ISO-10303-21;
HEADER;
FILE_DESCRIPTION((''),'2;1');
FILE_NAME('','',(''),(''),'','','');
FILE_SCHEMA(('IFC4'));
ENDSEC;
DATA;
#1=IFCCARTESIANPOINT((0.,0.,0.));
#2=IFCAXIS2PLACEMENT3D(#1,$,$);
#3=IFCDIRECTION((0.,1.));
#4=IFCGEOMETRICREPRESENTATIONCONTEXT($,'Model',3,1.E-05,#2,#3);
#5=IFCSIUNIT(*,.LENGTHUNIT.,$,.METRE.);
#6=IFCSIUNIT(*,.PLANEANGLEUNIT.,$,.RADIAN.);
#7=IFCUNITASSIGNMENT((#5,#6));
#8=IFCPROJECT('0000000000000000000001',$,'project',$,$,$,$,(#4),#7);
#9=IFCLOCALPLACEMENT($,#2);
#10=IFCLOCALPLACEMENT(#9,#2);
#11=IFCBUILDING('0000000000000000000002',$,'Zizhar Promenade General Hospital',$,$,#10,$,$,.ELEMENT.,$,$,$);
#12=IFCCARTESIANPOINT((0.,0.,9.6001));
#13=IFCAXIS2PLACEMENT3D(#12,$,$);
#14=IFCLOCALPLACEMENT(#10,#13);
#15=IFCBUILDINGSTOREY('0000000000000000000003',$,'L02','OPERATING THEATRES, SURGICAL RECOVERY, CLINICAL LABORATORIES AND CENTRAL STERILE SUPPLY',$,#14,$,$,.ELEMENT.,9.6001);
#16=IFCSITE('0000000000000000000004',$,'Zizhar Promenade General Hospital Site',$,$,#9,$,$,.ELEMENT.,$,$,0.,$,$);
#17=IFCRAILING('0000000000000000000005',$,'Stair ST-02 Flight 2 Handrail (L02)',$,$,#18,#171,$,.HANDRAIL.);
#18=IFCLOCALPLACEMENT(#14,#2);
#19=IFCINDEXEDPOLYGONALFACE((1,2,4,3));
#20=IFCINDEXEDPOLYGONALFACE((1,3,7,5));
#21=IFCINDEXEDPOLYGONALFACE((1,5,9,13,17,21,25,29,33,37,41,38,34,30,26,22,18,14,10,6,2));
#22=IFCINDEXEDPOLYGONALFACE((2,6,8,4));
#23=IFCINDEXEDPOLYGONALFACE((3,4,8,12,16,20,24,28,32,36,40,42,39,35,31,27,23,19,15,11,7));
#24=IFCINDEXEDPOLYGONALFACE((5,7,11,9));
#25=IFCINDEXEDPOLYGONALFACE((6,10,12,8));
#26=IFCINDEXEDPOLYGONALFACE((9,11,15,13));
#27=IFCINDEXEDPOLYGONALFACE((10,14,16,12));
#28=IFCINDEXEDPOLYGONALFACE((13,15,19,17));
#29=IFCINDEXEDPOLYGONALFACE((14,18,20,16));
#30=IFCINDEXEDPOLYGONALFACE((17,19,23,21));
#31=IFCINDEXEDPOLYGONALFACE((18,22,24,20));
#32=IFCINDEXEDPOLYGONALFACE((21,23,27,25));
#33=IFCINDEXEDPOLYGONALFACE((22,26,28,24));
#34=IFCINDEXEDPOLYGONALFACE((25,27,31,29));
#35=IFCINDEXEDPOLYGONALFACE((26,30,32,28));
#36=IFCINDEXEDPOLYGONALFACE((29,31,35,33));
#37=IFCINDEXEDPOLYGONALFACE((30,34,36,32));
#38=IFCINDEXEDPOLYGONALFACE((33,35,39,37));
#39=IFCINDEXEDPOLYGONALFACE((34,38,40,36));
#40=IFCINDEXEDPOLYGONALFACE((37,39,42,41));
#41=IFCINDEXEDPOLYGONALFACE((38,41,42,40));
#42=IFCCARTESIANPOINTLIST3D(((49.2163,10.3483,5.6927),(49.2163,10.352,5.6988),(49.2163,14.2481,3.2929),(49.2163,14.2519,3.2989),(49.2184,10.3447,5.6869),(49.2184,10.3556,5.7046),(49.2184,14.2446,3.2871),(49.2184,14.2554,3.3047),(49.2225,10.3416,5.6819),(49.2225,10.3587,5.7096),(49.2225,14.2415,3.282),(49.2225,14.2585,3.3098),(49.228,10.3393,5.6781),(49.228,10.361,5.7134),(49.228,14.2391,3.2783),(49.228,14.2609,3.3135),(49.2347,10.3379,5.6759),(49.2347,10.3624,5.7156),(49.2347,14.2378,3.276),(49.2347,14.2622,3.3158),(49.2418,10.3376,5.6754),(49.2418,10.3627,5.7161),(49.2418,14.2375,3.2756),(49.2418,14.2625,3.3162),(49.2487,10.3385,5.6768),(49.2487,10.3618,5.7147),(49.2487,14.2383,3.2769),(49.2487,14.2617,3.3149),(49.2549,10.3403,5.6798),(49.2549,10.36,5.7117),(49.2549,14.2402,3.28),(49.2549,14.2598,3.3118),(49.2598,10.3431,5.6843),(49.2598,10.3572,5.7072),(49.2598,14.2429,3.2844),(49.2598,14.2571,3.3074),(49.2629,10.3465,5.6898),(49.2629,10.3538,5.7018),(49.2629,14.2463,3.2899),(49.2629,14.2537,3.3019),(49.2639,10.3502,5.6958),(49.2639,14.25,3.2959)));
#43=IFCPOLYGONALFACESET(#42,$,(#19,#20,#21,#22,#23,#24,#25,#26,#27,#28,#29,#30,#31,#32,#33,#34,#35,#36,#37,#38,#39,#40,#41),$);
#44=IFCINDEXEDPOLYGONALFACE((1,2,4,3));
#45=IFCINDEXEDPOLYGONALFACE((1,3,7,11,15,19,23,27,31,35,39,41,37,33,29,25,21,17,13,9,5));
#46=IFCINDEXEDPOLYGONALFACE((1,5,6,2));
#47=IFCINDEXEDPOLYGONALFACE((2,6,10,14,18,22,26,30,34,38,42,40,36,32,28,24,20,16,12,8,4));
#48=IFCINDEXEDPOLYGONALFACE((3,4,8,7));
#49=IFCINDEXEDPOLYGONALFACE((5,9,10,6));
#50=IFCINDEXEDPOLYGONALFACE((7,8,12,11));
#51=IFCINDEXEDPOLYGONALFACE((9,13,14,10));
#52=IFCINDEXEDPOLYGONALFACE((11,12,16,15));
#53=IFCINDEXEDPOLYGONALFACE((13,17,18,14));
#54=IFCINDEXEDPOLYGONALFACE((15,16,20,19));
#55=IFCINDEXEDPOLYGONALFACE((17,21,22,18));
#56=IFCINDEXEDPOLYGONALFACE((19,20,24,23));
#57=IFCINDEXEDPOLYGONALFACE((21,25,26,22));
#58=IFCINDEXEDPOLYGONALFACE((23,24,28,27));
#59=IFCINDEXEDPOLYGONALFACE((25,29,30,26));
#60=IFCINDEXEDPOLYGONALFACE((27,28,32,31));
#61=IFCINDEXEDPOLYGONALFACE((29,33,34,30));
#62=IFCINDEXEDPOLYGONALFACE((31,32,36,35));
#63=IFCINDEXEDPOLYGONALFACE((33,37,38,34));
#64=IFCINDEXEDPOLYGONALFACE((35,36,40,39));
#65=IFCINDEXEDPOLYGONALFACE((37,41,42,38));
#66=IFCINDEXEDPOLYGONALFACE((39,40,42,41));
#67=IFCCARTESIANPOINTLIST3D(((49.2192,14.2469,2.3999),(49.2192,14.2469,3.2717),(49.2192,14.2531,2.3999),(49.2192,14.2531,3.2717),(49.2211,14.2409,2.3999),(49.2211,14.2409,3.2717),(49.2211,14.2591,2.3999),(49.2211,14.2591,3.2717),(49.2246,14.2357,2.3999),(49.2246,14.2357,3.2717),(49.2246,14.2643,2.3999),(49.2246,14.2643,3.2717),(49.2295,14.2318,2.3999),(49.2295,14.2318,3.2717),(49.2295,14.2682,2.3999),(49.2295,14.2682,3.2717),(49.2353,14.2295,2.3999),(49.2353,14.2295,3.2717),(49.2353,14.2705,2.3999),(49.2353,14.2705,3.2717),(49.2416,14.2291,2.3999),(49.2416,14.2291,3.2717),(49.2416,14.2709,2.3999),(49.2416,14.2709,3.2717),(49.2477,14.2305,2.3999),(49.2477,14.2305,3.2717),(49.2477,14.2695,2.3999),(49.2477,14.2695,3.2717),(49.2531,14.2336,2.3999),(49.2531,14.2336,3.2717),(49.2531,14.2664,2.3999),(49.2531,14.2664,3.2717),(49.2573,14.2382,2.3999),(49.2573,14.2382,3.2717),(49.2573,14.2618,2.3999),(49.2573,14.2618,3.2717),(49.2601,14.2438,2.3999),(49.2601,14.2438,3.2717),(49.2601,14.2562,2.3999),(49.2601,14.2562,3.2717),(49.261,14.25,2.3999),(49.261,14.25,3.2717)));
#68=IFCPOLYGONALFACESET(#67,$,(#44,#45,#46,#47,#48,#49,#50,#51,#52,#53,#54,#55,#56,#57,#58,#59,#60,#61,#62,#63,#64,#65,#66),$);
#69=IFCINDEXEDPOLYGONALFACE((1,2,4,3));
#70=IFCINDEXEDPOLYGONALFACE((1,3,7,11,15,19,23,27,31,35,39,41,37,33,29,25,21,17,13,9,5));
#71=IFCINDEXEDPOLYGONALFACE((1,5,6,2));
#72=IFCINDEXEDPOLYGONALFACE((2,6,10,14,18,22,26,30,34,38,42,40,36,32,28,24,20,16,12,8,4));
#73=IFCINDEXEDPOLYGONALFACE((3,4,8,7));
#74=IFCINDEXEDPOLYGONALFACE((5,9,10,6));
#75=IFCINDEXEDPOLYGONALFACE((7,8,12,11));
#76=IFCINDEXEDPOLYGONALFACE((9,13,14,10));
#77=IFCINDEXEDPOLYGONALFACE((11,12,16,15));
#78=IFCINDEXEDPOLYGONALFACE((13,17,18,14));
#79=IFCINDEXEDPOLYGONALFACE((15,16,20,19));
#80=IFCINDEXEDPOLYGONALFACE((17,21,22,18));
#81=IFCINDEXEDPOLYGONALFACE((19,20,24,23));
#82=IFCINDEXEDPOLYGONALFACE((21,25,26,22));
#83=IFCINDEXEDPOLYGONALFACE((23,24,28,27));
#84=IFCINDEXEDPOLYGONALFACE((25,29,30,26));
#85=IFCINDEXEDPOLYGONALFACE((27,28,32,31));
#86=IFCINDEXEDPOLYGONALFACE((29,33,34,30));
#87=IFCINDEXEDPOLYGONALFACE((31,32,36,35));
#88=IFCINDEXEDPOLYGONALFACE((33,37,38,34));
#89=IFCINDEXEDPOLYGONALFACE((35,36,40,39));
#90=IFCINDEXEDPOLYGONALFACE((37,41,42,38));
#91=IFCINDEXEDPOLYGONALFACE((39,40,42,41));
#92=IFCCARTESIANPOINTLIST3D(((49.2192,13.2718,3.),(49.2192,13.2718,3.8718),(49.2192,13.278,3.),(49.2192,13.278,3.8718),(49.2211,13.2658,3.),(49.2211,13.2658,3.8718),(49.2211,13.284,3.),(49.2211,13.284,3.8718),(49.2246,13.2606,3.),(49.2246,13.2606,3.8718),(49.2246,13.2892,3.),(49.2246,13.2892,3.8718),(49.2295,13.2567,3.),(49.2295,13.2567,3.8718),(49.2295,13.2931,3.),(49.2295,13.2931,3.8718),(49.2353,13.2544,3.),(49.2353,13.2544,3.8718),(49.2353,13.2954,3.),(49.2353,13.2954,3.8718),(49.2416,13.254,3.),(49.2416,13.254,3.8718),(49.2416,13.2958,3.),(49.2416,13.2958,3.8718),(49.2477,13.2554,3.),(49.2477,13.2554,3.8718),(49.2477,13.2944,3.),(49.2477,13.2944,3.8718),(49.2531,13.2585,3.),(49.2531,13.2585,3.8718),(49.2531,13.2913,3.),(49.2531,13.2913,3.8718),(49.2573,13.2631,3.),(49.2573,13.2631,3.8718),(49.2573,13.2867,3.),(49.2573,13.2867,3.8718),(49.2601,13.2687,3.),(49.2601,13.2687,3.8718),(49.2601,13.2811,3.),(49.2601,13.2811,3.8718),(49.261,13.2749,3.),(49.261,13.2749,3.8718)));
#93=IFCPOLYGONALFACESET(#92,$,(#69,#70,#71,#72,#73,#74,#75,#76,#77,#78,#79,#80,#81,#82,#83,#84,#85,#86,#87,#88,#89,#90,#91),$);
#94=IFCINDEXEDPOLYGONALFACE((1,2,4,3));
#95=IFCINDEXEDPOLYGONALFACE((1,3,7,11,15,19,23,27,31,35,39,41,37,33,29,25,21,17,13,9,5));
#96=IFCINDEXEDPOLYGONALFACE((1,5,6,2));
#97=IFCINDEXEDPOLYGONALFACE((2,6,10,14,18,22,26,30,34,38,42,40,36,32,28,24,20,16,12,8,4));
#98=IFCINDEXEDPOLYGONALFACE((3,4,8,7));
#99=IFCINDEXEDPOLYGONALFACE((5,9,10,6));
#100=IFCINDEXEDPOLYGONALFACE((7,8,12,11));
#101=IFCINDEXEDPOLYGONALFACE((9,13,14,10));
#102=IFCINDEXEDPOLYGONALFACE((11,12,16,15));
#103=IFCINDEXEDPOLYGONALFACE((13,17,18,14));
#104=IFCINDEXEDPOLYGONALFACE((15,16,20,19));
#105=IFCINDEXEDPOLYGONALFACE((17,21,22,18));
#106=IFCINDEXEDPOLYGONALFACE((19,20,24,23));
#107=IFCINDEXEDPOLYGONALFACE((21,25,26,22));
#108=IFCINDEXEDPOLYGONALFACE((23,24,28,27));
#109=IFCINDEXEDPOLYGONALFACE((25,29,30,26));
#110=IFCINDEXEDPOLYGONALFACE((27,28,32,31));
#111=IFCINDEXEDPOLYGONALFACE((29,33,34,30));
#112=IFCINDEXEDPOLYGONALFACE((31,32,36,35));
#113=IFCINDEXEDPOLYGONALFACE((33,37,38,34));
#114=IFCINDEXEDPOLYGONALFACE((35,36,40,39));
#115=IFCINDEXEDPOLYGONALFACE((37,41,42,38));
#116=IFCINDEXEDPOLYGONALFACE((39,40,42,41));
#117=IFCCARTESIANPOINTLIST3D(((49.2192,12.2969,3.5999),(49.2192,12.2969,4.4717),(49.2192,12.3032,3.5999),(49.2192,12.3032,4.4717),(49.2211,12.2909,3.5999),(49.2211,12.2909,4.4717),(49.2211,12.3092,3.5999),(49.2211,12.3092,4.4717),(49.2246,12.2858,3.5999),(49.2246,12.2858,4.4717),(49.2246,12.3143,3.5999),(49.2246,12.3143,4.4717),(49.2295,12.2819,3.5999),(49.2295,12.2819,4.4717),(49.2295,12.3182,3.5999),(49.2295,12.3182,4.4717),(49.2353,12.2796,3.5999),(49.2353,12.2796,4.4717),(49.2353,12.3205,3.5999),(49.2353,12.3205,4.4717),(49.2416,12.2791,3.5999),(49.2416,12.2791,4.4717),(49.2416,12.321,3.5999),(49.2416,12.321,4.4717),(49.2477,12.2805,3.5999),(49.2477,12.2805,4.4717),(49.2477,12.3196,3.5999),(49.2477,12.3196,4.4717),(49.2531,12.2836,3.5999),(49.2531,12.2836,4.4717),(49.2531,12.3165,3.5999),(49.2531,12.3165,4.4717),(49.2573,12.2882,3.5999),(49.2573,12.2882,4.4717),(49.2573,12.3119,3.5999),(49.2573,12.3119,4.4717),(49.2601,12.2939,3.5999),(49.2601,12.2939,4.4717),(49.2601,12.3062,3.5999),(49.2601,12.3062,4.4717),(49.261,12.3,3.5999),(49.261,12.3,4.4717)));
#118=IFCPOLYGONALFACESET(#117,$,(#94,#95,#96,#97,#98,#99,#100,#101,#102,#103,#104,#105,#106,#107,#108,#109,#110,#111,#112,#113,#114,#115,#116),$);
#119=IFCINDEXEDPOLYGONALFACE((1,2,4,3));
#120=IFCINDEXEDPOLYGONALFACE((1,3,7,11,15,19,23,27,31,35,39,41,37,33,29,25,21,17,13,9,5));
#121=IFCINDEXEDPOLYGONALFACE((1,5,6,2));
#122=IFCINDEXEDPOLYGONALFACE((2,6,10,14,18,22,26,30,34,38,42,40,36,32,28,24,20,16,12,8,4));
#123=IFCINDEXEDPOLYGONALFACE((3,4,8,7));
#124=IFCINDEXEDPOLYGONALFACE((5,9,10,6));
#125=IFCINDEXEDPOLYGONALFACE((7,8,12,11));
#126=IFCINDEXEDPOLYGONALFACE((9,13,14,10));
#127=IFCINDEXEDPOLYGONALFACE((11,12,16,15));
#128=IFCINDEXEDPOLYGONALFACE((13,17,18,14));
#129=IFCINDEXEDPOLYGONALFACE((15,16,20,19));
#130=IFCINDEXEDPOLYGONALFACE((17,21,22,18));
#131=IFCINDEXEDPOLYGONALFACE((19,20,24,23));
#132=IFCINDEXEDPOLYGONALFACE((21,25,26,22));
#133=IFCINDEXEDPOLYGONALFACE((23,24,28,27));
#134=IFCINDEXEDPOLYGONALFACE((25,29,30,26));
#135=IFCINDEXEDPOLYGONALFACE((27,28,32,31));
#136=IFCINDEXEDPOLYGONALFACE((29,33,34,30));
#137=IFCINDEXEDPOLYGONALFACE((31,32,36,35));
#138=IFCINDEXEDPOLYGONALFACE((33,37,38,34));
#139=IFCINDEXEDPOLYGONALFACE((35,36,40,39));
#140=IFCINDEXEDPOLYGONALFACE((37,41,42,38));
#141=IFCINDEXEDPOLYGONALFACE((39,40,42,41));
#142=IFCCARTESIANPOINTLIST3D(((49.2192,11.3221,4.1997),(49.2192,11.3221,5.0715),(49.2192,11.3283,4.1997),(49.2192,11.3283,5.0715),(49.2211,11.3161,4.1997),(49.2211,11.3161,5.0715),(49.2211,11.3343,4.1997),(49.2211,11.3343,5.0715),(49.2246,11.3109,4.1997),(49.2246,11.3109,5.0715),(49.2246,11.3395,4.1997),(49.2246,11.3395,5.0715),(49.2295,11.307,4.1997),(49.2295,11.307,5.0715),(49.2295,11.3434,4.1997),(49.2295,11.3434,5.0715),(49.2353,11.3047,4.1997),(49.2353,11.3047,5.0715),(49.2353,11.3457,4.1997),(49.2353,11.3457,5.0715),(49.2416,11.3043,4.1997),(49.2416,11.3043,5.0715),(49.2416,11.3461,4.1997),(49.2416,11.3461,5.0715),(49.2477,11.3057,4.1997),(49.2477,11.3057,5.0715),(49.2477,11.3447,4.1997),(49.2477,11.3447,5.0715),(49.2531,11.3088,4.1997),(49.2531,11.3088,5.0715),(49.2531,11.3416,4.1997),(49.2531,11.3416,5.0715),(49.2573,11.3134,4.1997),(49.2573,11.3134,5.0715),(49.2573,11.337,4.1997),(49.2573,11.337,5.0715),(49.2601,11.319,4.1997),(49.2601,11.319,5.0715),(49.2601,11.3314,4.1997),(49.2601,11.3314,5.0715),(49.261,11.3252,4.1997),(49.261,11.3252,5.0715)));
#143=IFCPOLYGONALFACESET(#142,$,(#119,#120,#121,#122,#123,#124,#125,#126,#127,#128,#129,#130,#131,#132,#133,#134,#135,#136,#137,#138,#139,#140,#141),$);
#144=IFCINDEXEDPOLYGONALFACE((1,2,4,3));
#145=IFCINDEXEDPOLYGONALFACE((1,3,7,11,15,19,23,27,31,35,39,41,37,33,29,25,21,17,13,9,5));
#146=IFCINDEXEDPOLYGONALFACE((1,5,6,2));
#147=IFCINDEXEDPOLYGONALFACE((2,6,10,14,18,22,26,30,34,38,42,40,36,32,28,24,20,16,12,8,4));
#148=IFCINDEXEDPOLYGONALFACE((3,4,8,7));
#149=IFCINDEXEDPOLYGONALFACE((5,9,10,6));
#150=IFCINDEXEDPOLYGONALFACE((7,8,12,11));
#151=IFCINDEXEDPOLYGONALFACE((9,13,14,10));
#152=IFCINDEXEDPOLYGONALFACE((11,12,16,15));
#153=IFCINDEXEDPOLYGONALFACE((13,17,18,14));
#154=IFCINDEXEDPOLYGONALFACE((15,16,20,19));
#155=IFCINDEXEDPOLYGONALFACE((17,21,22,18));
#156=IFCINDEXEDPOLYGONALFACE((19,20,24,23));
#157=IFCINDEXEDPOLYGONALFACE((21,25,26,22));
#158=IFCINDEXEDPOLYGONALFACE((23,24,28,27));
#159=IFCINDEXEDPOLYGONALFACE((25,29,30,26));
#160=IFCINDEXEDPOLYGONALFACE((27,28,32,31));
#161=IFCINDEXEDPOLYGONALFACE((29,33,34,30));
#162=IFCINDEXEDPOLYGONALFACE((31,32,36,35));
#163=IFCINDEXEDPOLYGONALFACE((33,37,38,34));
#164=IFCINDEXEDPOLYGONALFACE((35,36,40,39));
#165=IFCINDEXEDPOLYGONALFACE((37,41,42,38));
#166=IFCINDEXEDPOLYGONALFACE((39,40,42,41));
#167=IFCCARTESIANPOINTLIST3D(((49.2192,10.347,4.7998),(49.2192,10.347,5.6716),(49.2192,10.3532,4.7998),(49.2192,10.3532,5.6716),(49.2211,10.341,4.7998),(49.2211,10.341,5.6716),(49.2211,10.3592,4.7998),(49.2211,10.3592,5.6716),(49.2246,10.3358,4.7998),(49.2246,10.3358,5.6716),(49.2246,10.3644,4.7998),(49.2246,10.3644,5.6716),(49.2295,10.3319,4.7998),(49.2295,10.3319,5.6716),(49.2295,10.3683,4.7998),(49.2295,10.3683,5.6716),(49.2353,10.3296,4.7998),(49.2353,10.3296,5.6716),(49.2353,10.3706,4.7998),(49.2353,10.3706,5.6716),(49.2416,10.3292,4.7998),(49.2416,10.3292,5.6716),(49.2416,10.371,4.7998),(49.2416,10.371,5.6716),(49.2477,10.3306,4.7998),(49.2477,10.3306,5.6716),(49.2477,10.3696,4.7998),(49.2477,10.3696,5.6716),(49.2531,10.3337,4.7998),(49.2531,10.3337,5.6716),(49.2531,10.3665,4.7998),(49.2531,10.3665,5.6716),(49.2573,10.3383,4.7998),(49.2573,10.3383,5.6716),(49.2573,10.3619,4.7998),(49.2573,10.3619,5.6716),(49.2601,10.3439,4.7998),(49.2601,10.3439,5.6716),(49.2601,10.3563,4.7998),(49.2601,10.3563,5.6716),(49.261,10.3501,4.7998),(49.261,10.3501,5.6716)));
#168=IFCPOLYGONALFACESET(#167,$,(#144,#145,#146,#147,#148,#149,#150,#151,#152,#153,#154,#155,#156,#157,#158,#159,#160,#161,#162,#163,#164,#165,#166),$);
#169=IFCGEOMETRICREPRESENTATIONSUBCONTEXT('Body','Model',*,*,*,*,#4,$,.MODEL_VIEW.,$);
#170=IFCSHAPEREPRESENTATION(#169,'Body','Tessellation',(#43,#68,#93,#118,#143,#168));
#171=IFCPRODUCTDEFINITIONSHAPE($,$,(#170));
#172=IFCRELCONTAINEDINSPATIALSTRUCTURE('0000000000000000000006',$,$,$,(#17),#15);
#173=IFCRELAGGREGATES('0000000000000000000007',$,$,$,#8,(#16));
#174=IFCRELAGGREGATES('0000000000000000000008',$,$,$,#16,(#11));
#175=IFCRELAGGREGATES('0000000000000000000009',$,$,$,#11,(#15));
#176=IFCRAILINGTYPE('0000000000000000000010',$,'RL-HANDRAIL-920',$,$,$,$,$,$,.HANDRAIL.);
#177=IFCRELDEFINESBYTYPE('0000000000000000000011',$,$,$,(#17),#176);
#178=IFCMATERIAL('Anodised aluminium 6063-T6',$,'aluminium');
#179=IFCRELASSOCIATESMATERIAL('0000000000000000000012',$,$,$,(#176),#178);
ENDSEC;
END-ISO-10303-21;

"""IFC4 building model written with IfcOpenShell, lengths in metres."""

from ifc_helpers import new_model, si_unit, direction, frame, origin, origin_2d, place, context, subcontext, project, spatial, circle, hollow_circle, extrude, material, material_profile, profile_set, type_object, element, save


model = new_model("IFC4")

# Units and contexts
model_context = context("Model", 3, precision=1e-05, world=origin(), true_north=direction((0.0, 1.0)))
body_context = subcontext(model_context, "Body", "Model", "MODEL_VIEW")
ifc_project = project(units=[si_unit("LENGTHUNIT", "METRE"), si_unit("PLANEANGLEUNIT", "RADIAN")], contexts=[model_context])

# Site, building, storey
site_placement = place(None, origin())
site = spatial("IfcSite", under=ifc_project, at=site_placement, Name="Zizhar Promenade General Hospital Site", CompositionType="ELEMENT", RefElevation=0.0)
building_placement = place(site_placement, origin())
building = spatial("IfcBuilding", under=site, at=building_placement, Name="Zizhar Promenade General Hospital", CompositionType="ELEMENT")
storey_placement = place(building_placement, frame((0.0, 0.0, 9.6001)))
storey = spatial("IfcBuildingStorey", under=building, at=storey_placement, Name="L02", Description="OPERATING THEATRES, SURGICAL RECOVERY, CLINICAL LABORATORIES AND CENTRAL STERILE SUPPLY", CompositionType="ELEMENT", Elevation=9.6001)

# Railing
ifc_material_1 = material(Name="Anodised aluminium 6063-T6", Category="aluminium")
ifc_material_profile_1 = material_profile(ifc_material_1, hollow_circle(Radius=0.0698, WallThickness=0.0063, at=origin_2d()))
ifc_profile_set_1 = profile_set([ifc_material_profile_1], Name="Anodised aluminium 6063-T6")
railing_type_1 = type_object("IfcRailingType", Name="RL-HANDRAIL-920", PredefinedType="HANDRAIL", material=ifc_profile_set_1)
railing_1_placement = place(storey_placement, frame((49.24, 14.25, 2.3999)))
element("IfcRailing", 1, at=railing_1_placement, inside=storey, type_object=railing_type_1, Name="Stair ST-02 Flight 2 Handrail (L02)", PredefinedType="HANDRAIL", context=body_context, shape_type="SweptSolid", body=[
    extrude(circle(Radius=0.0239, at=origin_2d()), frame((0.0, 0.0, 0.896), z_axis=(0.0, -0.851662, 0.524091), x_axis=(1.0, 0.0, 0.0)), (0.0, 0.0, 1.0), 4.5791),
    extrude(circle(Radius=0.021, at=origin_2d()), origin(), (0.0, 0.0, 1.0), 0.8718),
    extrude(circle(Radius=0.021, at=origin_2d()), frame((0.0, -0.9751, 0.6001)), (0.0, 0.0, 1.0), 0.8718),
    extrude(circle(Radius=0.021, at=origin_2d()), frame((0.0, -1.95, 1.2)), (0.0, 0.0, 1.0), 0.8718),
    extrude(circle(Radius=0.021, at=origin_2d()), frame((0.0, -2.9248, 1.7998)), (0.0, 0.0, 1.0), 0.8718),
    extrude(circle(Radius=0.021, at=origin_2d()), frame((0.0, -3.8999, 2.3999)), (0.0, 0.0, 1.0), 0.8718),
])

save(model, "model.ifc")
